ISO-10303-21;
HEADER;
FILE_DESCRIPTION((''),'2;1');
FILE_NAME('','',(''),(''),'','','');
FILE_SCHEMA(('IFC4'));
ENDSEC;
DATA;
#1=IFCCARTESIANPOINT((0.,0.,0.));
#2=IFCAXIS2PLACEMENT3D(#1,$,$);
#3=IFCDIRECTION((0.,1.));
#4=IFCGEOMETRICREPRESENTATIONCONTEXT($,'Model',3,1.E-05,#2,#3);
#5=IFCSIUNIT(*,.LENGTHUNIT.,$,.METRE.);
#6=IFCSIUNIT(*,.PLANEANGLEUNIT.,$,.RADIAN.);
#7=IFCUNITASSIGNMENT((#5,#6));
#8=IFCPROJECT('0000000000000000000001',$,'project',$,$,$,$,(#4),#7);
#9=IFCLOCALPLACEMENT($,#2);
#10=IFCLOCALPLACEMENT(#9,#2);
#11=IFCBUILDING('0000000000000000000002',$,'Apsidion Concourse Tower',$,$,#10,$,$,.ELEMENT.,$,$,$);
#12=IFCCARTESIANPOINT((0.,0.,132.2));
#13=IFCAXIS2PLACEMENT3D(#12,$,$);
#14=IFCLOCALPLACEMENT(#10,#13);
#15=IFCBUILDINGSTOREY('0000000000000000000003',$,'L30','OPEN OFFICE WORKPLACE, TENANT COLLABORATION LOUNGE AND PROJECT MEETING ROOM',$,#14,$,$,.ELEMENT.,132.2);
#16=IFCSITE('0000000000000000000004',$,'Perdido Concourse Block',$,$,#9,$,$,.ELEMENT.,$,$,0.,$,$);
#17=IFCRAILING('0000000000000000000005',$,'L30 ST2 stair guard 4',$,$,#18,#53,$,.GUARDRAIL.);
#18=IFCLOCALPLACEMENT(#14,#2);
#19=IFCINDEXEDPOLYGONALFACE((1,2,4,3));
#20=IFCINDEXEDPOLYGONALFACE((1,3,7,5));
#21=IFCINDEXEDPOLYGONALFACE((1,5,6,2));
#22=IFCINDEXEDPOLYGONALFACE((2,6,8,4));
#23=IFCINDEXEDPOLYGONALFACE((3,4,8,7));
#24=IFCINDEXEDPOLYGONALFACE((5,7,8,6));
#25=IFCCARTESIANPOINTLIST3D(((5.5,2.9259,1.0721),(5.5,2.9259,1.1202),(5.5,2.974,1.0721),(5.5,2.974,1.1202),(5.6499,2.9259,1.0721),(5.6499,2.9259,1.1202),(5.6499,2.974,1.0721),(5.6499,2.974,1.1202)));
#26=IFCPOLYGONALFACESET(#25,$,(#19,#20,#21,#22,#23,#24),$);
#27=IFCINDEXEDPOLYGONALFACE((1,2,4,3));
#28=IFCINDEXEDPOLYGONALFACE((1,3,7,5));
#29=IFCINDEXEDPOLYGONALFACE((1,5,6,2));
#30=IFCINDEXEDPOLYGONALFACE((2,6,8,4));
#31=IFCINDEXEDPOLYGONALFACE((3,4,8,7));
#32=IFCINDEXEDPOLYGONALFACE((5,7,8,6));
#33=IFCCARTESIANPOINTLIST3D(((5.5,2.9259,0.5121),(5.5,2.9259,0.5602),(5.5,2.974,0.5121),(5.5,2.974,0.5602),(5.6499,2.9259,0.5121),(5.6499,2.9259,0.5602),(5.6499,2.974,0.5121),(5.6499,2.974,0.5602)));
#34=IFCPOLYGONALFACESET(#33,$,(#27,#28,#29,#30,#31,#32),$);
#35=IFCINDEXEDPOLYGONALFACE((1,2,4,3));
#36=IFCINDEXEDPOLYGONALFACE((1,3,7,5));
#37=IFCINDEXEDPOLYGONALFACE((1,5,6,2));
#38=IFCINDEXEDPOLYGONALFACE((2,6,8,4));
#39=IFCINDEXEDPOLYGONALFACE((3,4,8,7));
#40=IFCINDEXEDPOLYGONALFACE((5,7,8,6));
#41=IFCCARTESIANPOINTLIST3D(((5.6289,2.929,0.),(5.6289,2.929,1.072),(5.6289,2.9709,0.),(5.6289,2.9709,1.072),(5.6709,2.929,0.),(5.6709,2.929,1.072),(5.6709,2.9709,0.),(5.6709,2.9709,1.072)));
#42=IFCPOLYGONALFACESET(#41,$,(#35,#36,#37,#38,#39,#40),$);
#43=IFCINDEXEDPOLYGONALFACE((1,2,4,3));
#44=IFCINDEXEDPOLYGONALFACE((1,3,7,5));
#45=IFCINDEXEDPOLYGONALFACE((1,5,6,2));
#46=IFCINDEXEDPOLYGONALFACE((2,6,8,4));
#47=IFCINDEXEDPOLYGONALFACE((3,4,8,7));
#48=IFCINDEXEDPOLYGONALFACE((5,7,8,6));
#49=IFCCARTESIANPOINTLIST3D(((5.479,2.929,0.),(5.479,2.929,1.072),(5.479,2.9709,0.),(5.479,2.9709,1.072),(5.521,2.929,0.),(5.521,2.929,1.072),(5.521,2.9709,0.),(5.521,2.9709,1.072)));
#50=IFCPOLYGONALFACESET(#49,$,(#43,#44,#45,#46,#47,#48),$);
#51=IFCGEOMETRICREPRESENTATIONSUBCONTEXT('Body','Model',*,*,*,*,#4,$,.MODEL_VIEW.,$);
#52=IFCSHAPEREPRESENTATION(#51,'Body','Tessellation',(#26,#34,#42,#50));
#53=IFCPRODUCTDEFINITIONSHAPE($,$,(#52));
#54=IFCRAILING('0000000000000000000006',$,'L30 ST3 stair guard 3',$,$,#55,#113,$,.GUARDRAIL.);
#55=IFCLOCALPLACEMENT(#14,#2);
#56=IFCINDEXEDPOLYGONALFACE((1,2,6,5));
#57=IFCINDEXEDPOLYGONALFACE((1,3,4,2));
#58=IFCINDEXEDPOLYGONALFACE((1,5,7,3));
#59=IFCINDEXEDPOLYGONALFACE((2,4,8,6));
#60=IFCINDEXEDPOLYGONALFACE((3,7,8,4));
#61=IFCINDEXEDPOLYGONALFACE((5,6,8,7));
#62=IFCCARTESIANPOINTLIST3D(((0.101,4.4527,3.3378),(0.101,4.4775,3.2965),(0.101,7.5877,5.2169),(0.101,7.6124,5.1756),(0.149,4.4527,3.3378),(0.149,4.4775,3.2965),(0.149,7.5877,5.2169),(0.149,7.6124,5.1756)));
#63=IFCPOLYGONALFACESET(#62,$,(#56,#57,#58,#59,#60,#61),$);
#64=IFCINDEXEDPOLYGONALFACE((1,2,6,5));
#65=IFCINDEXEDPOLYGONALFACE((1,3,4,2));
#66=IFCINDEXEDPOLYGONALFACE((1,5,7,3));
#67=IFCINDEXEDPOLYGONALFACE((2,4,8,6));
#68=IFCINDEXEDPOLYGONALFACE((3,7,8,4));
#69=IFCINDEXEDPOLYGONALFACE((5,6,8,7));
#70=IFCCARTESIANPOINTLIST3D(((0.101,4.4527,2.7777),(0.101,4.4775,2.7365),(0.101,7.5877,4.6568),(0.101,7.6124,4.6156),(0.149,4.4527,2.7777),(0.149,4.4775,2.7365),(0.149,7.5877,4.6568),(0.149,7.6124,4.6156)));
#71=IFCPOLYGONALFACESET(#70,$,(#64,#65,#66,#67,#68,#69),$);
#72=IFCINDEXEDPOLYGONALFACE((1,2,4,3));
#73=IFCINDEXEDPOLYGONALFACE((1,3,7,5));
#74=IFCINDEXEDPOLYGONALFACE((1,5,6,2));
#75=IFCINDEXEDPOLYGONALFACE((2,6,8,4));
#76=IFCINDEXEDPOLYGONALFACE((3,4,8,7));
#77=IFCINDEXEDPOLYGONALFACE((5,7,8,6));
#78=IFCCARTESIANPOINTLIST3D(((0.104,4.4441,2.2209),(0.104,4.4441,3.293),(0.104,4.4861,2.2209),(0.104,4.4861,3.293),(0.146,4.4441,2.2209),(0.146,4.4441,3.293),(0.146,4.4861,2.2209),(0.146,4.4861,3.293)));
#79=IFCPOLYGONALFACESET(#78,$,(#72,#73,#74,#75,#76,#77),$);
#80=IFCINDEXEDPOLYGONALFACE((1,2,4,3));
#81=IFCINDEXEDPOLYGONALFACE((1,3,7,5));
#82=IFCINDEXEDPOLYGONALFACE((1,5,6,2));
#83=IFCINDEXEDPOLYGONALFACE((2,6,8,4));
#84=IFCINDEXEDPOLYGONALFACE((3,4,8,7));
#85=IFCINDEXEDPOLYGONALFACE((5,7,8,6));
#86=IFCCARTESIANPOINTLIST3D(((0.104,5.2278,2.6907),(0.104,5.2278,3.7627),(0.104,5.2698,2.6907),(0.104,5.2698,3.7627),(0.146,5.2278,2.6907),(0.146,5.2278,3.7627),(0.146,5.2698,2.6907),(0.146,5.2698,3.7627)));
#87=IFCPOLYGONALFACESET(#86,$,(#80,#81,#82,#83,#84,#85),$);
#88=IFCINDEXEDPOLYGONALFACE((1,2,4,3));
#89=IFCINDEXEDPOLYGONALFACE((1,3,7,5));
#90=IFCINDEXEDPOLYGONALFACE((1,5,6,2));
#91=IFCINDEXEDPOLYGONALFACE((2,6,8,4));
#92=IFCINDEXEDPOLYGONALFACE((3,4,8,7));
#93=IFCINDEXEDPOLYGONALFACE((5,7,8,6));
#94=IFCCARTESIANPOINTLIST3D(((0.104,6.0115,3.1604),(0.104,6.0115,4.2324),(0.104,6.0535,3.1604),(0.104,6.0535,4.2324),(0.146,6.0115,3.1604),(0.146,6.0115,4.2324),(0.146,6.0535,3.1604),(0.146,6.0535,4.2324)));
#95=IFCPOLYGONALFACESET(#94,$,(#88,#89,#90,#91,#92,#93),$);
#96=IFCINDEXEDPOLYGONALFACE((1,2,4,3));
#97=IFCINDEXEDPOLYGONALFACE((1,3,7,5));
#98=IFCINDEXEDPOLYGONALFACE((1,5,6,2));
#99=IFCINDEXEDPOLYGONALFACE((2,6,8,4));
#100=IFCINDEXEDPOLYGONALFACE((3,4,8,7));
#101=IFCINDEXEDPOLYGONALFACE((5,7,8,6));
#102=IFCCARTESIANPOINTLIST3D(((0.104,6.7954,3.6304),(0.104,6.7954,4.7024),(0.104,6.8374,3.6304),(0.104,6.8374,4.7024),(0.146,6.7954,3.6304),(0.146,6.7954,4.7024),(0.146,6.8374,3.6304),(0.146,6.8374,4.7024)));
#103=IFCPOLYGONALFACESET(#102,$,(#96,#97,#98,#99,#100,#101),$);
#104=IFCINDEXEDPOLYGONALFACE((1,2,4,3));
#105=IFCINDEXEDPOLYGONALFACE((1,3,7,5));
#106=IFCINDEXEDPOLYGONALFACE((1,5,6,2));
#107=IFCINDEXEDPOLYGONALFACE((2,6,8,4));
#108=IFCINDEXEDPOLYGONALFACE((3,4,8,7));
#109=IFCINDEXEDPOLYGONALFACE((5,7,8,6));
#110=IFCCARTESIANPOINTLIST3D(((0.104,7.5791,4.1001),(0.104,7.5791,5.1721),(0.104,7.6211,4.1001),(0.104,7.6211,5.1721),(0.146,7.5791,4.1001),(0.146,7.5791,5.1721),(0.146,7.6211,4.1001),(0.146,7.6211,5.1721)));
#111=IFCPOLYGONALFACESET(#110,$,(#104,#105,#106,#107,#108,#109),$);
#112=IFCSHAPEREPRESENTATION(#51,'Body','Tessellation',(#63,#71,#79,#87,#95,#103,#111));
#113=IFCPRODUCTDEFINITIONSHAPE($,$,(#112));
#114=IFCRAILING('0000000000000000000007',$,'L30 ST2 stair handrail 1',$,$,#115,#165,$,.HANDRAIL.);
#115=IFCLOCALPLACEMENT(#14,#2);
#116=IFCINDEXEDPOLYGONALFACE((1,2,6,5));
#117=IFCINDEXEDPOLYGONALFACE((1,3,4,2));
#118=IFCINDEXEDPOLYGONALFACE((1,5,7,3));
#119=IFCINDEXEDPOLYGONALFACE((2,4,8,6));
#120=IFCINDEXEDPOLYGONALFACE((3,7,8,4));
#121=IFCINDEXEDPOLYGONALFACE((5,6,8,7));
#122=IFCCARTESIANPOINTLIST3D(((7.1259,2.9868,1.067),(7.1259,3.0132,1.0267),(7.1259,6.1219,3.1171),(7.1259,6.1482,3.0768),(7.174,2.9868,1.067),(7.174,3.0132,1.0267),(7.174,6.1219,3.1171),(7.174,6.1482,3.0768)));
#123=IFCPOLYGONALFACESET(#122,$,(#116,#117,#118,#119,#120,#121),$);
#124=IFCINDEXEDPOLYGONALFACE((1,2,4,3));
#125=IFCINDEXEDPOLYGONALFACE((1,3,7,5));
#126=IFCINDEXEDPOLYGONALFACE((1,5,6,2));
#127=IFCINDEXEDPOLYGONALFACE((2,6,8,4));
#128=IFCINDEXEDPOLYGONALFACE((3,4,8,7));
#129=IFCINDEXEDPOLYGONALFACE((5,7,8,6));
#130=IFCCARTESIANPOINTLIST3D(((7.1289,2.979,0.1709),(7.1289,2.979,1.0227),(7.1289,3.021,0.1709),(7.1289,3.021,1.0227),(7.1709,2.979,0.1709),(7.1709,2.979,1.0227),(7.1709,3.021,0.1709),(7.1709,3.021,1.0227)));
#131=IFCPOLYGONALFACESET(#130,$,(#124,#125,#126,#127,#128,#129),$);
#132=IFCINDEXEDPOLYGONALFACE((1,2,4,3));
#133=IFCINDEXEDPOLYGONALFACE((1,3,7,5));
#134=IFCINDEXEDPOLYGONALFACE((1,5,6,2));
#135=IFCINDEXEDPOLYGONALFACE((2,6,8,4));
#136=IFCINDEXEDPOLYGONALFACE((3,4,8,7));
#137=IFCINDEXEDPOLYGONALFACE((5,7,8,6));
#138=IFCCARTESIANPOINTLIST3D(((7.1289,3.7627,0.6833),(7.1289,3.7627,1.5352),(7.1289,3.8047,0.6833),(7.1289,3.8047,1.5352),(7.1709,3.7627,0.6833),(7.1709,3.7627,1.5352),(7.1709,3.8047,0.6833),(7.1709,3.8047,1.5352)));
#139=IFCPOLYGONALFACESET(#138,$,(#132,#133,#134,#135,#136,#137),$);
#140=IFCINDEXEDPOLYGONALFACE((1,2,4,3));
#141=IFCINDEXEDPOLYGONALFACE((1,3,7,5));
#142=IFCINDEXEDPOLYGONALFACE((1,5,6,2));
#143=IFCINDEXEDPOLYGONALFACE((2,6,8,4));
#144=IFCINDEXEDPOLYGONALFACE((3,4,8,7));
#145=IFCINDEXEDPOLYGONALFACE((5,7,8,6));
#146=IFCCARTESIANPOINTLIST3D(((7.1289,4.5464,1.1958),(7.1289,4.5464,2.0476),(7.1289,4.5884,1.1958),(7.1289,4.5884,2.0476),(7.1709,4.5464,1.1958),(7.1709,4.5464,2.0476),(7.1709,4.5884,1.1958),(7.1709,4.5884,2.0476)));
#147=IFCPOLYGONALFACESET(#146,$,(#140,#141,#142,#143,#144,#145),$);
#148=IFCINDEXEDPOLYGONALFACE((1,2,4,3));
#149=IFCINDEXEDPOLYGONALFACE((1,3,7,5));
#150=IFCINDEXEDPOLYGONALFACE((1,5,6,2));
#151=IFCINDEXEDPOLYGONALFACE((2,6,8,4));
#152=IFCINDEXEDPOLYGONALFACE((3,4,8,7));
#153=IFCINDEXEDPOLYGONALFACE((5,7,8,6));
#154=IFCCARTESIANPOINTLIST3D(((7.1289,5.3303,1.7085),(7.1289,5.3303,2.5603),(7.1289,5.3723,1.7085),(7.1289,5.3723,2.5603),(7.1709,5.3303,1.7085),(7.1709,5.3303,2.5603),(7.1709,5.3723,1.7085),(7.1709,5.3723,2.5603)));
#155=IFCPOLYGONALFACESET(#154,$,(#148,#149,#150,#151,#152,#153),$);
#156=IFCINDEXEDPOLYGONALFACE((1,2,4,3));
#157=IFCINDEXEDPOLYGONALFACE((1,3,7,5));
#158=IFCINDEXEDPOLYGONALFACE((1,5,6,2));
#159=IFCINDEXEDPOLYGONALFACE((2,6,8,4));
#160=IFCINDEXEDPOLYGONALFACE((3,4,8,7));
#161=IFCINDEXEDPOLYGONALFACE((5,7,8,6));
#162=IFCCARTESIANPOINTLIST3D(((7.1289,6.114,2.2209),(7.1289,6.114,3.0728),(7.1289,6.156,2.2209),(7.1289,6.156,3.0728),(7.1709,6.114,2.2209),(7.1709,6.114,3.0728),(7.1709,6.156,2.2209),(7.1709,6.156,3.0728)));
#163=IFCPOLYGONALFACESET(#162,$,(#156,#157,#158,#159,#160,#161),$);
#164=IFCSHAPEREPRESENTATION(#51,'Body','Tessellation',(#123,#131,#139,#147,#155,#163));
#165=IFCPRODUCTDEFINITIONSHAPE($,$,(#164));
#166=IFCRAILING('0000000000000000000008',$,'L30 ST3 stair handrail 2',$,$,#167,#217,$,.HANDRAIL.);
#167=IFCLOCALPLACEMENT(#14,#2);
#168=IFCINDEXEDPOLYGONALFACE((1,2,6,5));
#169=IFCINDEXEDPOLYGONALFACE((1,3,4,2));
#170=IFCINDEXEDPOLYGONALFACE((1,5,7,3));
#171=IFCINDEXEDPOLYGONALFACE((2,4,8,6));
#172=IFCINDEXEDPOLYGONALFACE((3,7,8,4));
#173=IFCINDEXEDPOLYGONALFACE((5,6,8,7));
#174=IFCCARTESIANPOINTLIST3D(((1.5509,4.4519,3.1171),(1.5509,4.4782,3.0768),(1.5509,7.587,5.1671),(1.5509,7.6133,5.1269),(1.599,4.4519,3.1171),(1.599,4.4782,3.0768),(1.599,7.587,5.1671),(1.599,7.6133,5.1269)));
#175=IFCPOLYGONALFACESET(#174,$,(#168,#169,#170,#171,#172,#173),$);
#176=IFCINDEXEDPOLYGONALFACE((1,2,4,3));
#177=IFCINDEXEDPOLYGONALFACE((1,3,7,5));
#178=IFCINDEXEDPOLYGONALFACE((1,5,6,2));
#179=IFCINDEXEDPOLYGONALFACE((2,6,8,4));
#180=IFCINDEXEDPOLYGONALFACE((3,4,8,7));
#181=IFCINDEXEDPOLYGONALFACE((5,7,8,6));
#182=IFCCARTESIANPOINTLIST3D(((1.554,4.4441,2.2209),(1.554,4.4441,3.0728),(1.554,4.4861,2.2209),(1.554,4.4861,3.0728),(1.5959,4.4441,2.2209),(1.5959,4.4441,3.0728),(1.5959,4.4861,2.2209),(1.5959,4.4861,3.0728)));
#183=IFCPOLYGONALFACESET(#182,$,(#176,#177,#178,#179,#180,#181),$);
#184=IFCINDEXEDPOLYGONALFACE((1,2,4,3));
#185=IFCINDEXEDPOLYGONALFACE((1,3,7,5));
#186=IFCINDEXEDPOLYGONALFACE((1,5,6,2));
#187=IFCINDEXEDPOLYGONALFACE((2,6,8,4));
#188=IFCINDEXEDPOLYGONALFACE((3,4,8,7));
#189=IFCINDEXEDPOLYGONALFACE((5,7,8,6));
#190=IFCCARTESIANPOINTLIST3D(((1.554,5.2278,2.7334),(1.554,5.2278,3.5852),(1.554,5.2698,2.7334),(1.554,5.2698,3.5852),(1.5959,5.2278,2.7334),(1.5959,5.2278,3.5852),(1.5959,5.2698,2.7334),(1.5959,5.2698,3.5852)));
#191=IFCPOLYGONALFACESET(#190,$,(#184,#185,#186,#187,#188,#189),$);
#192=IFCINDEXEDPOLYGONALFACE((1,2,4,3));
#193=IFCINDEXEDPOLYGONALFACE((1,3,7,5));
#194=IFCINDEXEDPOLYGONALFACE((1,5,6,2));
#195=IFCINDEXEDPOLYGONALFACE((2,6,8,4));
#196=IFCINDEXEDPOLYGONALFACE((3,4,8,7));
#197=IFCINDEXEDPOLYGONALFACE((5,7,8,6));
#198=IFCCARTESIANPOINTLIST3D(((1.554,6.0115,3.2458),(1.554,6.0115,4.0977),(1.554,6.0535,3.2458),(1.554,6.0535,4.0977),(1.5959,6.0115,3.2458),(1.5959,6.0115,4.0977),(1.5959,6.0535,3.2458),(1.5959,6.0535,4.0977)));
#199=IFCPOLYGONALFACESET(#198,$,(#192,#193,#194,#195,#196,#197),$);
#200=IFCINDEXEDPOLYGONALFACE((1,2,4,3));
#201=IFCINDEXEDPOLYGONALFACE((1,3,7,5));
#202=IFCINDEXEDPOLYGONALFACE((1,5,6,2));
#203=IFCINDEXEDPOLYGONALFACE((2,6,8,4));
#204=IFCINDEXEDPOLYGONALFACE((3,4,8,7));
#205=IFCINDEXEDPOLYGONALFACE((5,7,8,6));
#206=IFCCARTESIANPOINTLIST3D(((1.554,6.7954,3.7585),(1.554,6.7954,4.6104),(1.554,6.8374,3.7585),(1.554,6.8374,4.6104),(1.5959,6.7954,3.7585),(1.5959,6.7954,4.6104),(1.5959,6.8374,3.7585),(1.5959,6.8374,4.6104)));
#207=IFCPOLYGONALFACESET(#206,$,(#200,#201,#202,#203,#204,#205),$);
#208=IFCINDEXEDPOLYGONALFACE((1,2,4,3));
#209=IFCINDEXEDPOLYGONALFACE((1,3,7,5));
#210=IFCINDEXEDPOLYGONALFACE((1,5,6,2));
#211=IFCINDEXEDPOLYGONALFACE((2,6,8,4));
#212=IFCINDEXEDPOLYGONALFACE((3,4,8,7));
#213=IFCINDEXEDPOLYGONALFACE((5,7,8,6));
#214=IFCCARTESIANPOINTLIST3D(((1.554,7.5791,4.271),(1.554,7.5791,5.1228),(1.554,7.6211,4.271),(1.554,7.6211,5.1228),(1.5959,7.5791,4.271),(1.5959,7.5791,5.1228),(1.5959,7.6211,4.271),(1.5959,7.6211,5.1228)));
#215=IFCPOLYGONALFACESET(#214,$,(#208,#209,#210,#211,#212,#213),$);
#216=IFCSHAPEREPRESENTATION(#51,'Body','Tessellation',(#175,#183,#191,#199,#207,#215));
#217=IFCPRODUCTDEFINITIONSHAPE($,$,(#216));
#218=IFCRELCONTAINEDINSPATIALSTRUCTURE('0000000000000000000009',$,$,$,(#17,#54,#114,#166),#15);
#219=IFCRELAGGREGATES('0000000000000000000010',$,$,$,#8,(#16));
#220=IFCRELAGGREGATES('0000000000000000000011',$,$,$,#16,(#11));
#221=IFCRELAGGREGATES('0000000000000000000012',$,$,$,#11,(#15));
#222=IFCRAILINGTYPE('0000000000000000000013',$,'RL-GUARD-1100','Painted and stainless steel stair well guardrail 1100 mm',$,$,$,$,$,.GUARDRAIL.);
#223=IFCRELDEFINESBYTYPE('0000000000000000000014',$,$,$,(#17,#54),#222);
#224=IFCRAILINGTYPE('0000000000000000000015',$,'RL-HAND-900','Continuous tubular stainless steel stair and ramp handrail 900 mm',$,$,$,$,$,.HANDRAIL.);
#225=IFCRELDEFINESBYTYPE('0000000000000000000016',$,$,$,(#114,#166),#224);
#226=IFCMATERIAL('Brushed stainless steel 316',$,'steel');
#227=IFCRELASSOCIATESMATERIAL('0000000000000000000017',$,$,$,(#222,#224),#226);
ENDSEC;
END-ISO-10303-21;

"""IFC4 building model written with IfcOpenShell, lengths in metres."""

from ifc_helpers import new_model, si_unit, direction, frame, origin, origin_2d, place, context, subcontext, project, spatial, rectangle, extrude, material, type_object, element, save


model = new_model("IFC4")

# Units and contexts
model_context = context("Model", 3, precision=1e-05, world=origin(), true_north=direction((0.0, 1.0)))
body_context = subcontext(model_context, "Body", "Model", "MODEL_VIEW")
ifc_project = project(units=[si_unit("LENGTHUNIT", "METRE"), si_unit("PLANEANGLEUNIT", "RADIAN")], contexts=[model_context])

# Site, building, storey
site_placement = place(None, origin())
site = spatial("IfcSite", under=ifc_project, at=site_placement, Name="Perdido Concourse Block", CompositionType="ELEMENT", RefElevation=0.0)
building_placement = place(site_placement, origin())
building = spatial("IfcBuilding", under=site, at=building_placement, Name="Apsidion Concourse Tower", CompositionType="ELEMENT")
storey_placement = place(building_placement, frame((0.0, 0.0, 132.2)))
storey = spatial("IfcBuildingStorey", under=building, at=storey_placement, Name="L30", Description="OPEN OFFICE WORKPLACE, TENANT COLLABORATION LOUNGE AND PROJECT MEETING ROOM", CompositionType="ELEMENT", Elevation=132.2)

# Shared definitions
ifc_material_1 = material(Name="Brushed stainless steel 316", Category="steel")

# Railings
railing_type_1 = type_object("IfcRailingType", Name="RL-GUARD-1100", Description="Painted and stainless steel stair well guardrail 1100 mm", PredefinedType="GUARDRAIL", material=ifc_material_1)
railing_1_placement = place(storey_placement, frame((5.6499, 2.95, 0.0)))
element("IfcRailing", 1, at=railing_1_placement, inside=storey, type_object=railing_type_1, Name="L30 ST2 stair guard 4", PredefinedType="GUARDRAIL", context=body_context, shape_type="SweptSolid", body=[
    extrude(rectangle(XDim=0.0481, YDim=0.0481, at=origin_2d()), frame((0.0, 0.0, 1.0962), z_axis=(-1.0, 0.0, 0.0), x_axis=(0.0, -1.0, 0.0)), (0.0, 0.0, 1.0), 0.1499),
    extrude(rectangle(XDim=0.0481, YDim=0.0481, at=origin_2d()), frame((0.0, 0.0, 0.5361), z_axis=(-1.0, 0.0, 0.0), x_axis=(0.0, -1.0, 0.0)), (0.0, 0.0, 1.0), 0.1499),
    extrude(rectangle(XDim=0.042, YDim=0.042, at=origin_2d()), origin(), (0.0, 0.0, 1.0), 1.072),
    extrude(rectangle(XDim=0.042, YDim=0.042, at=origin_2d()), frame((-0.1499, 0.0, 0.0)), (0.0, 0.0, 1.0), 1.072),
])
railing_2_placement = place(storey_placement, frame((0.125, 4.4651, 2.2209)))
element("IfcRailing", 2, at=railing_2_placement, inside=storey, type_object=railing_type_1, Name="L30 ST3 stair guard 3", PredefinedType="GUARDRAIL", context=body_context, shape_type="SweptSolid", body=[
    extrude(rectangle(XDim=0.0481, YDim=0.0481, at=origin_2d()), frame((0.0, 0.0, 1.0962), z_axis=(0.0, 0.857717, 0.514122), x_axis=(-1.0, 0.0, 0.0)), (0.0, 0.0, 1.0), 3.655),
    extrude(rectangle(XDim=0.0481, YDim=0.0481, at=origin_2d()), frame((0.0, 0.0, 0.5361), z_axis=(0.0, 0.857717, 0.514122), x_axis=(-1.0, 0.0, 0.0)), (0.0, 0.0, 1.0), 3.655),
    extrude(rectangle(XDim=0.042, YDim=0.042, at=origin_2d()), origin(), (0.0, 0.0, 1.0), 1.072),
    extrude(rectangle(XDim=0.042, YDim=0.042, at=origin_2d()), frame((0.0, 0.7837, 0.4697)), (0.0, 0.0, 1.0), 1.072),
    extrude(rectangle(XDim=0.042, YDim=0.042, at=origin_2d()), frame((0.0, 1.5674, 0.9395)), (0.0, 0.0, 1.0), 1.072),
    extrude(rectangle(XDim=0.042, YDim=0.042, at=origin_2d()), frame((0.0, 2.3513, 1.4094)), (0.0, 0.0, 1.0), 1.072),
    extrude(rectangle(XDim=0.042, YDim=0.042, at=origin_2d()), frame((0.0, 3.135, 1.8792)), (0.0, 0.0, 1.0), 1.072),
])
railing_type_2 = type_object("IfcRailingType", Name="RL-HAND-900", Description="Continuous tubular stainless steel stair and ramp handrail 900 mm", PredefinedType="HANDRAIL", material=ifc_material_1)
for number, where, name in (
    (3, (7.1499, 3.0, 0.1709), "L30 ST2 stair handrail 1"),
    (4, (1.575, 4.4651, 2.2209), "L30 ST3 stair handrail 2"),
):
    element("IfcRailing", number, at=place(storey_placement, frame(where)), inside=storey, type_object=railing_type_2, Name=name, PredefinedType="HANDRAIL", context=body_context, shape_type="SweptSolid", body=[
        extrude(rectangle(XDim=0.0481, YDim=0.0481, at=origin_2d()), frame((0.0, 0.0, 0.876), z_axis=(0.0, 0.836941, 0.547293), x_axis=(-1.0, 0.0, 0.0)), (0.0, 0.0, 1.0), 3.7458),
        extrude(rectangle(XDim=0.042, YDim=0.042, at=origin_2d()), origin(), (0.0, 0.0, 1.0), 0.8518),
        extrude(rectangle(XDim=0.042, YDim=0.042, at=origin_2d()), frame((0.0, 0.7837, 0.5125)), (0.0, 0.0, 1.0), 0.8518),
        extrude(rectangle(XDim=0.042, YDim=0.042, at=origin_2d()), frame((0.0, 1.5674, 1.0249)), (0.0, 0.0, 1.0), 0.8518),
        extrude(rectangle(XDim=0.042, YDim=0.042, at=origin_2d()), frame((0.0, 2.3513, 1.5376)), (0.0, 0.0, 1.0), 0.8518),
        extrude(rectangle(XDim=0.042, YDim=0.042, at=origin_2d()), frame((0.0, 3.135, 2.05)), (0.0, 0.0, 1.0), 0.8518),
    ])

save(model, "model.ifc")
